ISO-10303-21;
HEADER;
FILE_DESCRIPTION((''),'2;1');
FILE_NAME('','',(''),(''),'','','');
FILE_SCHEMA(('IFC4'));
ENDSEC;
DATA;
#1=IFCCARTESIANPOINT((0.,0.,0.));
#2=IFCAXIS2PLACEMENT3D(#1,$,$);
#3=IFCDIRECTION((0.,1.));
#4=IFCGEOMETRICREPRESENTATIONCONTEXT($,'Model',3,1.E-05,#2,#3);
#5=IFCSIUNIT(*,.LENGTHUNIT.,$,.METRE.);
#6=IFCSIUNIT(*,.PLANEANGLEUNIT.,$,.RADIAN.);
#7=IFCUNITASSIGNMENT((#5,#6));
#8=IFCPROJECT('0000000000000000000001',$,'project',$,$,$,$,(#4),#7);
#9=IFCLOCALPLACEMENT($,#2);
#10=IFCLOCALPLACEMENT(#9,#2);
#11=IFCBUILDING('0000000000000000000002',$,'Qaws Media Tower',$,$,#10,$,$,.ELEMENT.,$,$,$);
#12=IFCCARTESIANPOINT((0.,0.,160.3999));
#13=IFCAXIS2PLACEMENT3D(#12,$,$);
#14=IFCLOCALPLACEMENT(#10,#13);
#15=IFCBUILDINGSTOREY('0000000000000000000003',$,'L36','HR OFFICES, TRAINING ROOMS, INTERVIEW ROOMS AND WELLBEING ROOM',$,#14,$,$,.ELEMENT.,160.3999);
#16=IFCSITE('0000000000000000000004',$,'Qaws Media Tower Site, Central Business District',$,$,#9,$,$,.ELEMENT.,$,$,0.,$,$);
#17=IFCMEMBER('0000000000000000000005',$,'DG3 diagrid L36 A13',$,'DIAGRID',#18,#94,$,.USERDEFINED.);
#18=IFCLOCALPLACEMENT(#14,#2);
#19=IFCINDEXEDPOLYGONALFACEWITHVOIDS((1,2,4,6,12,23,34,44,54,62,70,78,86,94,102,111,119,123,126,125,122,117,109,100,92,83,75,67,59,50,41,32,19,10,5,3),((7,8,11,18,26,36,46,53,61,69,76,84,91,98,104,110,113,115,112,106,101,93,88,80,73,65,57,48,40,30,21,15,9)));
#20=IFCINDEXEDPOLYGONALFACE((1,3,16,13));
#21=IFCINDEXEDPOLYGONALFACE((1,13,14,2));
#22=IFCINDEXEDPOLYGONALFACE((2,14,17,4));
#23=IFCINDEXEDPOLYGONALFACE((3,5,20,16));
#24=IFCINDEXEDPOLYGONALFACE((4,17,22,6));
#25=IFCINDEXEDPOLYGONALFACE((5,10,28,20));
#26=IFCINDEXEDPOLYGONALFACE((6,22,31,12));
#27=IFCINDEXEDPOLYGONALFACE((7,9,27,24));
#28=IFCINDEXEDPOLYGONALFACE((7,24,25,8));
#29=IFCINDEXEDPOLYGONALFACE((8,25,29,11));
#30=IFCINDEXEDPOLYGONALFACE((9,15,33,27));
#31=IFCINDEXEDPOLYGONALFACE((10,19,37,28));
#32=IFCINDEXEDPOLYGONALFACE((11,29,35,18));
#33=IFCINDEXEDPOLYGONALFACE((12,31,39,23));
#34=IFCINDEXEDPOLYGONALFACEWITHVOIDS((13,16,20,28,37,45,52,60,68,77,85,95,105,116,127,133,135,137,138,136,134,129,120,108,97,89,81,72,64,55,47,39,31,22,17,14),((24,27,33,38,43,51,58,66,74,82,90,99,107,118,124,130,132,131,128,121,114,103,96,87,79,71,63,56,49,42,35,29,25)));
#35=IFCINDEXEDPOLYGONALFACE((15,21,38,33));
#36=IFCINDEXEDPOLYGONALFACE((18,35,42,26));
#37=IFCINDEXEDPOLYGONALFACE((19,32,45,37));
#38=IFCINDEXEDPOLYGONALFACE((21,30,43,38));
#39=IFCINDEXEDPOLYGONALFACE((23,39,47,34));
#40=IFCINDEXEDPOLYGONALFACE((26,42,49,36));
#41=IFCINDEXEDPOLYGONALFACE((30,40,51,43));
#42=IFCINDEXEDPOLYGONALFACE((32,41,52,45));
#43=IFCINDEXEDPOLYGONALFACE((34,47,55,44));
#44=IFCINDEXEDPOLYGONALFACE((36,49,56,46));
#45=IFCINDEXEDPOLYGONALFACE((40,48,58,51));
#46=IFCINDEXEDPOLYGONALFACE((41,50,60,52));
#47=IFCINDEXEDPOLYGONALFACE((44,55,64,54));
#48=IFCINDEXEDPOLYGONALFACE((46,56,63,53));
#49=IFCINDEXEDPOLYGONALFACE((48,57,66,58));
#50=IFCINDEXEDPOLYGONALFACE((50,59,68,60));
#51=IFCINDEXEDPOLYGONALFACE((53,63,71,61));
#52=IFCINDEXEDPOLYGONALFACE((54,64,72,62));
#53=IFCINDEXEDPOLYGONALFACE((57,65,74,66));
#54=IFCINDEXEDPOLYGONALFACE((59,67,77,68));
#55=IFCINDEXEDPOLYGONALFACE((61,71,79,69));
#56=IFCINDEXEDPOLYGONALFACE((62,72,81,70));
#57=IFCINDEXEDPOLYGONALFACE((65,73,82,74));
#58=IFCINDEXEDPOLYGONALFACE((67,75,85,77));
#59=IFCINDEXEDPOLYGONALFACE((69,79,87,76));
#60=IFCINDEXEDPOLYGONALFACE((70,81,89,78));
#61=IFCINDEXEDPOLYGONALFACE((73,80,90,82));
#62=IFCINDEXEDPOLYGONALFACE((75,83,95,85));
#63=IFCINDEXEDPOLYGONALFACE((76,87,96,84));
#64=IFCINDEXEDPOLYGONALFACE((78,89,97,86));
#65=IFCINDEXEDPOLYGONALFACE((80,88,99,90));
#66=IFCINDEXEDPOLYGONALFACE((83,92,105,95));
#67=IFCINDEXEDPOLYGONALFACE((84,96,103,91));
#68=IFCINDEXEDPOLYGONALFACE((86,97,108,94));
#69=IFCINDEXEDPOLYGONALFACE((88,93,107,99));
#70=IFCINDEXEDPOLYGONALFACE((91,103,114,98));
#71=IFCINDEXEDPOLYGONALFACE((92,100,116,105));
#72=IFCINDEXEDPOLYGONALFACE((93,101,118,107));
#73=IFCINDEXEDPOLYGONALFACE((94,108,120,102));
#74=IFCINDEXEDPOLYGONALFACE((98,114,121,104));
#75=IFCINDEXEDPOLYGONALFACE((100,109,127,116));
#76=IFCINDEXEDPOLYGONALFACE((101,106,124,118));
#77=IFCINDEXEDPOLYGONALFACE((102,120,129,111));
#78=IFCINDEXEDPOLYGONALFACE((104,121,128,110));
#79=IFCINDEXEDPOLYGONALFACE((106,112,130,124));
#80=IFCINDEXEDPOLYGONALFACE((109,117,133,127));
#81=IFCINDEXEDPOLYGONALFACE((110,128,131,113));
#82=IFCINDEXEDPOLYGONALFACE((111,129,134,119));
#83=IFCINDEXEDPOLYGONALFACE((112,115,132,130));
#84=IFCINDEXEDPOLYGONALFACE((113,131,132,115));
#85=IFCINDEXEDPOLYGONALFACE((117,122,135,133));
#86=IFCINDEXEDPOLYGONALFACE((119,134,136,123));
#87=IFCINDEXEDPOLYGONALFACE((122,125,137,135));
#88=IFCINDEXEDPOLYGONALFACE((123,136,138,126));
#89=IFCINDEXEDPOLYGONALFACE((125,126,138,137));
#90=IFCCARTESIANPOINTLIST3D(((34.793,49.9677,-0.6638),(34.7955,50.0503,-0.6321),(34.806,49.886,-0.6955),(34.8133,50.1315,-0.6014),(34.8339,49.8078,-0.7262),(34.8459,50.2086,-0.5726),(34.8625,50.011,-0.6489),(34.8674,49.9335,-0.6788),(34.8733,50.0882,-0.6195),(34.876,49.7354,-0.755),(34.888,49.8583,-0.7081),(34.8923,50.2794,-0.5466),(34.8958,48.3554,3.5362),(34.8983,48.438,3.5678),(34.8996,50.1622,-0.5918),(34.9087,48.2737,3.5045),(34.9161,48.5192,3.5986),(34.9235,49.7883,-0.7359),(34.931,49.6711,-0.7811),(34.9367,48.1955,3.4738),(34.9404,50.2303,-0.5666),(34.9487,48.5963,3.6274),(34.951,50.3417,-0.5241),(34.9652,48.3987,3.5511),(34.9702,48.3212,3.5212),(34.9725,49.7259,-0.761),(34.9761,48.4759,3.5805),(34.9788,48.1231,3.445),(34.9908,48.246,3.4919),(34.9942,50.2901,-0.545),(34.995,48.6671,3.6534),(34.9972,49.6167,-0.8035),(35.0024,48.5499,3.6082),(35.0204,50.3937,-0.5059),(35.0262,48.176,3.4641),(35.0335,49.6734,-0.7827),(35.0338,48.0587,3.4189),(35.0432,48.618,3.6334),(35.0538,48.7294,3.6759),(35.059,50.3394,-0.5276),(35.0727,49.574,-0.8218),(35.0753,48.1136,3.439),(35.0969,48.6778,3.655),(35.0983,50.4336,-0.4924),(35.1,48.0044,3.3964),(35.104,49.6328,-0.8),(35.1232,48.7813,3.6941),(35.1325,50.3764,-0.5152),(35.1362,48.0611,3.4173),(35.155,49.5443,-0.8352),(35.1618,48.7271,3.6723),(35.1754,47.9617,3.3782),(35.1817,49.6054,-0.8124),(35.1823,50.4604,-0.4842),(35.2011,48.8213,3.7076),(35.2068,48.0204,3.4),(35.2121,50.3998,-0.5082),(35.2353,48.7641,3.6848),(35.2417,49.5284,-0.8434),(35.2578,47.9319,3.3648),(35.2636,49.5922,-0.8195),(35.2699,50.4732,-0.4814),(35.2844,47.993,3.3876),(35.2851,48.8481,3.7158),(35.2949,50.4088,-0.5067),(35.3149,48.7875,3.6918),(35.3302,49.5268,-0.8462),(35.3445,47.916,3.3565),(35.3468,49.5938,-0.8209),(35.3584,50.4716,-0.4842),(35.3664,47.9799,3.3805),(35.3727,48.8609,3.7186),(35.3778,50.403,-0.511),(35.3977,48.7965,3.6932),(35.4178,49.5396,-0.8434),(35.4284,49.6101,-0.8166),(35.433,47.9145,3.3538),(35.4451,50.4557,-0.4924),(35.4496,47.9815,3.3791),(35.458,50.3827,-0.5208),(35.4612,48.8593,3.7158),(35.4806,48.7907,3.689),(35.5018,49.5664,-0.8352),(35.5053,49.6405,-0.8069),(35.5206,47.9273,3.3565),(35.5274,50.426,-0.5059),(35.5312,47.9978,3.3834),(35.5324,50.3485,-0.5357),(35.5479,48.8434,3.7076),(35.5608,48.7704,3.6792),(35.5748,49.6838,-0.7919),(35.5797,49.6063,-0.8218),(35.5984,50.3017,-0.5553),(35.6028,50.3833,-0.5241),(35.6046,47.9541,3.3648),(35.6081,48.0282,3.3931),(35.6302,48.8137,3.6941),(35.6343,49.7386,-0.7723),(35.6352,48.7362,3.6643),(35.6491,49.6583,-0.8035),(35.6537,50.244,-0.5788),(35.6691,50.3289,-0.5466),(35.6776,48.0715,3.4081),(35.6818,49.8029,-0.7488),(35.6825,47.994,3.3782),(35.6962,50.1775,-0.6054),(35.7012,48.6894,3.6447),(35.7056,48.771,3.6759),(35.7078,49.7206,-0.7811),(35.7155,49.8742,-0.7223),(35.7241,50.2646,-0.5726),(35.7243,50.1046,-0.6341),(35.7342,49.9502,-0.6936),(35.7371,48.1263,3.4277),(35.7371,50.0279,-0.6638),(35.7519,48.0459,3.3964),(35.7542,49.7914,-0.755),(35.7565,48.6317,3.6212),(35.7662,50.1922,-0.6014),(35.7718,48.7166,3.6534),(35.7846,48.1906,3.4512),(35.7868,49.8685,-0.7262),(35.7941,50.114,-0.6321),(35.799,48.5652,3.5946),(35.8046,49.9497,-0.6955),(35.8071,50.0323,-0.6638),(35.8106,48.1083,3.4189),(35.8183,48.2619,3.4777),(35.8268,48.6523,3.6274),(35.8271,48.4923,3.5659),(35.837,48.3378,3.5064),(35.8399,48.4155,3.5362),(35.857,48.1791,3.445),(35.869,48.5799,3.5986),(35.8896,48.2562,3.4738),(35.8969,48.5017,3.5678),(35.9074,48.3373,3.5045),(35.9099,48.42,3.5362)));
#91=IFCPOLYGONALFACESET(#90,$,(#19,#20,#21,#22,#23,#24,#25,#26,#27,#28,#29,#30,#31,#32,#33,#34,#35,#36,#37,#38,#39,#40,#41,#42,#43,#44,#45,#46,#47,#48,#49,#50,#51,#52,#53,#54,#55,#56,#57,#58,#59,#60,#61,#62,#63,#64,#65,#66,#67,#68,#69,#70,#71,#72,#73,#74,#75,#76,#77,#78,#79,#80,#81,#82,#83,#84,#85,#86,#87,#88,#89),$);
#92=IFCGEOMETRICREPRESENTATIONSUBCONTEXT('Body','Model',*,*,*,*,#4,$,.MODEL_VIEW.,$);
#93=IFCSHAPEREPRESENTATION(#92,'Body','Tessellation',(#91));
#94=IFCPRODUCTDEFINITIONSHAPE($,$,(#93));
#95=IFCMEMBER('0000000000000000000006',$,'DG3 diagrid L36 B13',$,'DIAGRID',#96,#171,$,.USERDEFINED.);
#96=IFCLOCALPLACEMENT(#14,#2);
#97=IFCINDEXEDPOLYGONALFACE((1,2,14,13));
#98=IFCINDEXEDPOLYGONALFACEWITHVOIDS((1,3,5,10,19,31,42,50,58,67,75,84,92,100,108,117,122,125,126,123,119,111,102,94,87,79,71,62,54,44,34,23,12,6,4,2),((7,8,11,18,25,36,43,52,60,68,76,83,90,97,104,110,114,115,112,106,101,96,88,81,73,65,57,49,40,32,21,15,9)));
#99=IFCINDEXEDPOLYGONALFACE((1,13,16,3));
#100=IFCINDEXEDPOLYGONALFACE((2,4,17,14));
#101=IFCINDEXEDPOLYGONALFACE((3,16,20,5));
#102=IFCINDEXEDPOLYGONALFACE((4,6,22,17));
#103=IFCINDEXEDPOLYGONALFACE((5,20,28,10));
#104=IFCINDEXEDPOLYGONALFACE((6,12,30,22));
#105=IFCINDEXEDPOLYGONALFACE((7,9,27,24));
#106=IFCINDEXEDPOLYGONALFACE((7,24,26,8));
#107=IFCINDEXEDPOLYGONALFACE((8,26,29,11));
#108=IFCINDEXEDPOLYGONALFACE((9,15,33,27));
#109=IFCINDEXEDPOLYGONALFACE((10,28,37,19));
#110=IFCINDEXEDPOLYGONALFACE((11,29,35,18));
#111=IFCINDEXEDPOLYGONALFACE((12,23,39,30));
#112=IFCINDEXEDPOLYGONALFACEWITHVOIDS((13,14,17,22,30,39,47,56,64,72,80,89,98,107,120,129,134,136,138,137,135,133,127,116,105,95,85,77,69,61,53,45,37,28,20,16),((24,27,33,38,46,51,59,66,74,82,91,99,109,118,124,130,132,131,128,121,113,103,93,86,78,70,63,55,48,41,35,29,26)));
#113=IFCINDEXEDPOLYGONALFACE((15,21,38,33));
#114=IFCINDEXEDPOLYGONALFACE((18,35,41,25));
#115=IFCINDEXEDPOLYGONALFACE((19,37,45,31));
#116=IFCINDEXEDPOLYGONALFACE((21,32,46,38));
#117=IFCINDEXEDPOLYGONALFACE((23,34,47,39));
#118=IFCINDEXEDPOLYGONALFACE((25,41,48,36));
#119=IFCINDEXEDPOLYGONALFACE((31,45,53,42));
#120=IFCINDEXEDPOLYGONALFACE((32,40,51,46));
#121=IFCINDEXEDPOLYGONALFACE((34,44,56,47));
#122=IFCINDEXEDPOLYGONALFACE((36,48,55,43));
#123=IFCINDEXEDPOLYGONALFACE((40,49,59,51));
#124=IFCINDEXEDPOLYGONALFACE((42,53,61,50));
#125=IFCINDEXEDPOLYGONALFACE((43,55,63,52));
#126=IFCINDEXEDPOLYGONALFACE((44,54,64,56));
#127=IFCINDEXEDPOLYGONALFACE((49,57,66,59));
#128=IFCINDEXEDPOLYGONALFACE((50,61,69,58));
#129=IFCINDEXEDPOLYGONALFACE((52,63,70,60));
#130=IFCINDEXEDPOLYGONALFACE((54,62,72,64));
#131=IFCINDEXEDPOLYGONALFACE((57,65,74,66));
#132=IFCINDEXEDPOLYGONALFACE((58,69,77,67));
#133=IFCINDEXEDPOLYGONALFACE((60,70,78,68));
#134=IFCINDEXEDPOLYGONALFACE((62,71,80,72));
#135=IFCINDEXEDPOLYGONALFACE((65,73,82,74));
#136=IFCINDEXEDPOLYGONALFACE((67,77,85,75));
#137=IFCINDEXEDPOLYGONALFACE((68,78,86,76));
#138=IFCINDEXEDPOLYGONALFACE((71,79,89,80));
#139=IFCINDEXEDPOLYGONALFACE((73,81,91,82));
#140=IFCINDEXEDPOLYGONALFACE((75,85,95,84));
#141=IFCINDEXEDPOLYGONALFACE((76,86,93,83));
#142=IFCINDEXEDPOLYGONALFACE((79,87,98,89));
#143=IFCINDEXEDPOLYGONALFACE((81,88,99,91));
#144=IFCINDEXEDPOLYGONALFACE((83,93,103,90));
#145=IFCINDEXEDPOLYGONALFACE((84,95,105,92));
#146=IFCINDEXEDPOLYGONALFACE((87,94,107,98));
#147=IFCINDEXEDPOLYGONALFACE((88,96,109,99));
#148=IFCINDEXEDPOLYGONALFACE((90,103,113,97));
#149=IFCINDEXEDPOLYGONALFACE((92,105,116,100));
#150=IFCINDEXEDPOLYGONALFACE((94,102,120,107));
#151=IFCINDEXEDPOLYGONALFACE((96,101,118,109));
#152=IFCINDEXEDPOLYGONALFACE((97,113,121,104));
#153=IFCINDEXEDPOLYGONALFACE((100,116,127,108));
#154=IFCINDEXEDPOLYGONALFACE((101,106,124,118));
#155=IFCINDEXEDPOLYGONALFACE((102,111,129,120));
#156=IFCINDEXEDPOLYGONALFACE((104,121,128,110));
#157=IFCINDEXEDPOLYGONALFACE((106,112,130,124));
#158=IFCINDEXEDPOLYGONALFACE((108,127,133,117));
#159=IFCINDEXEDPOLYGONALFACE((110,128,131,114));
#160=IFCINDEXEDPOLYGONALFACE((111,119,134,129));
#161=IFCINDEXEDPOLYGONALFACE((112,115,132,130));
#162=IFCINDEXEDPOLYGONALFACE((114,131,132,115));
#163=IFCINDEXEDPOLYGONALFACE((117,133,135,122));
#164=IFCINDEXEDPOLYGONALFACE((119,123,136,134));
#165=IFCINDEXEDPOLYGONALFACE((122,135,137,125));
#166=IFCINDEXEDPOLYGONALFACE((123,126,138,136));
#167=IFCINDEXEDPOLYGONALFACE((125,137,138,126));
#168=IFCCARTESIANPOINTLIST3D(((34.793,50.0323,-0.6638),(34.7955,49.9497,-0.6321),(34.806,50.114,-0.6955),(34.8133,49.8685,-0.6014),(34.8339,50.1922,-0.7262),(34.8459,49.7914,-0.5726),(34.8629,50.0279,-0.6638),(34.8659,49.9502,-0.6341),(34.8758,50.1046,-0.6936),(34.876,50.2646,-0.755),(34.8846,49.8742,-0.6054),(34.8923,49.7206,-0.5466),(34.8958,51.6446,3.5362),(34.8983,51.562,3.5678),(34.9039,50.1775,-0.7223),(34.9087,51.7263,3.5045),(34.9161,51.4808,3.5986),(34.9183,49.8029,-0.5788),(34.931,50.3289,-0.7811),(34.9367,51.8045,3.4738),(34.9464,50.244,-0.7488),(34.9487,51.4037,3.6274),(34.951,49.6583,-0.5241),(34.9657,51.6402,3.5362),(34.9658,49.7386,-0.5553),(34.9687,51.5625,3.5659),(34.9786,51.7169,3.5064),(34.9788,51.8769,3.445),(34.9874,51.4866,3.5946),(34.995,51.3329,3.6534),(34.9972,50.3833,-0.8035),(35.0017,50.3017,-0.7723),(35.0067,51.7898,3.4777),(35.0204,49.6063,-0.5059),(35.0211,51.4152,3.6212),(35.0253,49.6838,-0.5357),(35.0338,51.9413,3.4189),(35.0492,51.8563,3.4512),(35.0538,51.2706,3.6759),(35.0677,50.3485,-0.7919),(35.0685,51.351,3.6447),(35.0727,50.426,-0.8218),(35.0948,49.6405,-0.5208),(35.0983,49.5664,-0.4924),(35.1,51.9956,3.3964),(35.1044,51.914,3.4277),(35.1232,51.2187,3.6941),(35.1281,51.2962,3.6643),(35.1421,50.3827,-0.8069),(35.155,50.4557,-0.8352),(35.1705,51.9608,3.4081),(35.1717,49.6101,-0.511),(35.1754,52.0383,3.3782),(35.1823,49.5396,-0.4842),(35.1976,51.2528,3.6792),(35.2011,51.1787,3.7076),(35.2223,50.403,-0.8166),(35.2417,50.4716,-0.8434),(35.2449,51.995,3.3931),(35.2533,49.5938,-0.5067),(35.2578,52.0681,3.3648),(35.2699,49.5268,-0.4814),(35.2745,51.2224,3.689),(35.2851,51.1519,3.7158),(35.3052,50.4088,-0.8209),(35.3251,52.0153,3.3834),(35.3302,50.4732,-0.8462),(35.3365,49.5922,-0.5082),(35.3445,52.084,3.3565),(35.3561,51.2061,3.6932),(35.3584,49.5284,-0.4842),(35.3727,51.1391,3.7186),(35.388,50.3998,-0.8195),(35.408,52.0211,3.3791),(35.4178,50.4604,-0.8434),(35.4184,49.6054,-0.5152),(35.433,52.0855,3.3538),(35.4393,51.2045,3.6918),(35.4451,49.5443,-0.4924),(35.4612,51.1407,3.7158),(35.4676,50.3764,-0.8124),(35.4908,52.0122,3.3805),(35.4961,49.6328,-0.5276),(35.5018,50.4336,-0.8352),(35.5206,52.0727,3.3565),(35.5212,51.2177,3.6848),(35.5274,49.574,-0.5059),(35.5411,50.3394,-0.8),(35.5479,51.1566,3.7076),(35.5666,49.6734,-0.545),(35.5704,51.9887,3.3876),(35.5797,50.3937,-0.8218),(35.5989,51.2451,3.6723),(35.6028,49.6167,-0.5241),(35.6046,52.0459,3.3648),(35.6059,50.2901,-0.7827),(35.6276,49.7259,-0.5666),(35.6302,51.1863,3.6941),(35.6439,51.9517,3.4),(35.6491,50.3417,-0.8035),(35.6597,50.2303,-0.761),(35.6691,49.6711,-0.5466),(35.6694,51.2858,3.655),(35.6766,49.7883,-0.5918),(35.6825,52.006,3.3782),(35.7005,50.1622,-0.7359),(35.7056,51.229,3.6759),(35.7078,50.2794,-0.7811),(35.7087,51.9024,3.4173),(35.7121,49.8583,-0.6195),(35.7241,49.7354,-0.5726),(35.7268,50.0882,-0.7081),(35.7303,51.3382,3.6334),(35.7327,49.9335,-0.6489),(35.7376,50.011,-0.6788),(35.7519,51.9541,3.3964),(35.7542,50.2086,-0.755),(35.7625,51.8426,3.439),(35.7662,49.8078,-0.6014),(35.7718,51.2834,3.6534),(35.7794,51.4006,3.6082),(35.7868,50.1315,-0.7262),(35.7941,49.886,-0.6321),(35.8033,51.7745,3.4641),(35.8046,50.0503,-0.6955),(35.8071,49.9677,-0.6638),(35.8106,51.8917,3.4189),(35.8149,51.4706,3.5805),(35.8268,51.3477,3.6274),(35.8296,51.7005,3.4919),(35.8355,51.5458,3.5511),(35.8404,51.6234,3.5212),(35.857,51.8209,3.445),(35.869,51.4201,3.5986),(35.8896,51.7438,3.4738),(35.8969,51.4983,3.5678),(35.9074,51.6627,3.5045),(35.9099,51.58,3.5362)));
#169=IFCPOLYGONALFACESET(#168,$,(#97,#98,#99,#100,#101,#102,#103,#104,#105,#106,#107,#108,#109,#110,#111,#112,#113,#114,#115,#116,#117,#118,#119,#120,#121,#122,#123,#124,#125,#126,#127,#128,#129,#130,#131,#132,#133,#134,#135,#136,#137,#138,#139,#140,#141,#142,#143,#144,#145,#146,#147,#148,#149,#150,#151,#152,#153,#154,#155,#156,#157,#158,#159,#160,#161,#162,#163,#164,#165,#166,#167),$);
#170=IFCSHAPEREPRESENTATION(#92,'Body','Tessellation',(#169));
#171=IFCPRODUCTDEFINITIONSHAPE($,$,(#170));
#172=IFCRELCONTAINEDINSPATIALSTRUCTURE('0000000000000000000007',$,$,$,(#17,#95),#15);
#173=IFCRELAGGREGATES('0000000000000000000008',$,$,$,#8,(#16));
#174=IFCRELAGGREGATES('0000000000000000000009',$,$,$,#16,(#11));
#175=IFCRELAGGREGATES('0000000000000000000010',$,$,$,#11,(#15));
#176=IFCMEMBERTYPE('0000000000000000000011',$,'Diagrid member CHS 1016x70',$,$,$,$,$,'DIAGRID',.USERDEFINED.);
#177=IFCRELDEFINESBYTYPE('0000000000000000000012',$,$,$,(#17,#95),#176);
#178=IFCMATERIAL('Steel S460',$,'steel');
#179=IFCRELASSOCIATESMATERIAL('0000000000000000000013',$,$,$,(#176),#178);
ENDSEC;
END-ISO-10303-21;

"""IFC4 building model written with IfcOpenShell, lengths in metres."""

from ifc_helpers import new_model, si_unit, direction, frame, origin, origin_2d, place, context, subcontext, project, spatial, hollow_circle, extrude, material, material_profile, profile_set, type_object, element, save


model = new_model("IFC4")

# Units and contexts
model_context = context("Model", 3, precision=1e-05, world=origin(), true_north=direction((0.0, 1.0)))
body_context = subcontext(model_context, "Body", "Model", "MODEL_VIEW")
ifc_project = project(units=[si_unit("LENGTHUNIT", "METRE"), si_unit("PLANEANGLEUNIT", "RADIAN")], contexts=[model_context])

# Site, building, storey
site_placement = place(None, origin())
site = spatial("IfcSite", under=ifc_project, at=site_placement, Name="Qaws Media Tower Site, Central Business District", CompositionType="ELEMENT", RefElevation=0.0)
building_placement = place(site_placement, origin())
building = spatial("IfcBuilding", under=site, at=building_placement, Name="Qaws Media Tower", CompositionType="ELEMENT")
storey_placement = place(building_placement, frame((0.0, 0.0, 160.3999)))
storey = spatial("IfcBuildingStorey", under=building, at=storey_placement, Name="L36", Description="HR OFFICES, TRAINING ROOMS, INTERVIEW ROOMS AND WELLBEING ROOM", CompositionType="ELEMENT", Elevation=160.3999)

# Members
ifc_material_1 = material(Name="Steel S460", Category="steel")
ifc_material_profile_1 = material_profile(ifc_material_1, hollow_circle(Radius=0.5081, WallThickness=0.0701, at=origin_2d()), Name="CHS 1016x70")
ifc_profile_set_1 = profile_set([ifc_material_profile_1], Name="Steel S460")
member_type_1 = type_object("IfcMemberType", Name="Diagrid member CHS 1016x70", ElementType="DIAGRID", PredefinedType="USERDEFINED", material=ifc_profile_set_1)
for number, where, z_axis, x_axis, name in (
    (1, (35.3, 50.0, -0.6638), (0.022841, -0.358293, 0.93333), (0.997974, 0.06362, 0.0), "DG3 diagrid L36 A13"),
    (2, (35.3, 50.0, -0.6638), (0.022841, 0.358293, 0.93333), (-0.997974, 0.06362, 0.0), "DG3 diagrid L36 B13"),
):
    element("IfcMember", number, at=place(storey_placement, frame(where, z_axis=z_axis, x_axis=x_axis)), inside=storey, type_object=member_type_1, Name=name, ObjectType="DIAGRID", PredefinedType="USERDEFINED", context=body_context, shape_type="SweptSolid", body=[
        extrude(hollow_circle(Radius=0.5081, WallThickness=0.0701, at=origin_2d()), origin(), (0.0, 0.0, 1.0), 4.5),
    ])

save(model, "model.ifc")
